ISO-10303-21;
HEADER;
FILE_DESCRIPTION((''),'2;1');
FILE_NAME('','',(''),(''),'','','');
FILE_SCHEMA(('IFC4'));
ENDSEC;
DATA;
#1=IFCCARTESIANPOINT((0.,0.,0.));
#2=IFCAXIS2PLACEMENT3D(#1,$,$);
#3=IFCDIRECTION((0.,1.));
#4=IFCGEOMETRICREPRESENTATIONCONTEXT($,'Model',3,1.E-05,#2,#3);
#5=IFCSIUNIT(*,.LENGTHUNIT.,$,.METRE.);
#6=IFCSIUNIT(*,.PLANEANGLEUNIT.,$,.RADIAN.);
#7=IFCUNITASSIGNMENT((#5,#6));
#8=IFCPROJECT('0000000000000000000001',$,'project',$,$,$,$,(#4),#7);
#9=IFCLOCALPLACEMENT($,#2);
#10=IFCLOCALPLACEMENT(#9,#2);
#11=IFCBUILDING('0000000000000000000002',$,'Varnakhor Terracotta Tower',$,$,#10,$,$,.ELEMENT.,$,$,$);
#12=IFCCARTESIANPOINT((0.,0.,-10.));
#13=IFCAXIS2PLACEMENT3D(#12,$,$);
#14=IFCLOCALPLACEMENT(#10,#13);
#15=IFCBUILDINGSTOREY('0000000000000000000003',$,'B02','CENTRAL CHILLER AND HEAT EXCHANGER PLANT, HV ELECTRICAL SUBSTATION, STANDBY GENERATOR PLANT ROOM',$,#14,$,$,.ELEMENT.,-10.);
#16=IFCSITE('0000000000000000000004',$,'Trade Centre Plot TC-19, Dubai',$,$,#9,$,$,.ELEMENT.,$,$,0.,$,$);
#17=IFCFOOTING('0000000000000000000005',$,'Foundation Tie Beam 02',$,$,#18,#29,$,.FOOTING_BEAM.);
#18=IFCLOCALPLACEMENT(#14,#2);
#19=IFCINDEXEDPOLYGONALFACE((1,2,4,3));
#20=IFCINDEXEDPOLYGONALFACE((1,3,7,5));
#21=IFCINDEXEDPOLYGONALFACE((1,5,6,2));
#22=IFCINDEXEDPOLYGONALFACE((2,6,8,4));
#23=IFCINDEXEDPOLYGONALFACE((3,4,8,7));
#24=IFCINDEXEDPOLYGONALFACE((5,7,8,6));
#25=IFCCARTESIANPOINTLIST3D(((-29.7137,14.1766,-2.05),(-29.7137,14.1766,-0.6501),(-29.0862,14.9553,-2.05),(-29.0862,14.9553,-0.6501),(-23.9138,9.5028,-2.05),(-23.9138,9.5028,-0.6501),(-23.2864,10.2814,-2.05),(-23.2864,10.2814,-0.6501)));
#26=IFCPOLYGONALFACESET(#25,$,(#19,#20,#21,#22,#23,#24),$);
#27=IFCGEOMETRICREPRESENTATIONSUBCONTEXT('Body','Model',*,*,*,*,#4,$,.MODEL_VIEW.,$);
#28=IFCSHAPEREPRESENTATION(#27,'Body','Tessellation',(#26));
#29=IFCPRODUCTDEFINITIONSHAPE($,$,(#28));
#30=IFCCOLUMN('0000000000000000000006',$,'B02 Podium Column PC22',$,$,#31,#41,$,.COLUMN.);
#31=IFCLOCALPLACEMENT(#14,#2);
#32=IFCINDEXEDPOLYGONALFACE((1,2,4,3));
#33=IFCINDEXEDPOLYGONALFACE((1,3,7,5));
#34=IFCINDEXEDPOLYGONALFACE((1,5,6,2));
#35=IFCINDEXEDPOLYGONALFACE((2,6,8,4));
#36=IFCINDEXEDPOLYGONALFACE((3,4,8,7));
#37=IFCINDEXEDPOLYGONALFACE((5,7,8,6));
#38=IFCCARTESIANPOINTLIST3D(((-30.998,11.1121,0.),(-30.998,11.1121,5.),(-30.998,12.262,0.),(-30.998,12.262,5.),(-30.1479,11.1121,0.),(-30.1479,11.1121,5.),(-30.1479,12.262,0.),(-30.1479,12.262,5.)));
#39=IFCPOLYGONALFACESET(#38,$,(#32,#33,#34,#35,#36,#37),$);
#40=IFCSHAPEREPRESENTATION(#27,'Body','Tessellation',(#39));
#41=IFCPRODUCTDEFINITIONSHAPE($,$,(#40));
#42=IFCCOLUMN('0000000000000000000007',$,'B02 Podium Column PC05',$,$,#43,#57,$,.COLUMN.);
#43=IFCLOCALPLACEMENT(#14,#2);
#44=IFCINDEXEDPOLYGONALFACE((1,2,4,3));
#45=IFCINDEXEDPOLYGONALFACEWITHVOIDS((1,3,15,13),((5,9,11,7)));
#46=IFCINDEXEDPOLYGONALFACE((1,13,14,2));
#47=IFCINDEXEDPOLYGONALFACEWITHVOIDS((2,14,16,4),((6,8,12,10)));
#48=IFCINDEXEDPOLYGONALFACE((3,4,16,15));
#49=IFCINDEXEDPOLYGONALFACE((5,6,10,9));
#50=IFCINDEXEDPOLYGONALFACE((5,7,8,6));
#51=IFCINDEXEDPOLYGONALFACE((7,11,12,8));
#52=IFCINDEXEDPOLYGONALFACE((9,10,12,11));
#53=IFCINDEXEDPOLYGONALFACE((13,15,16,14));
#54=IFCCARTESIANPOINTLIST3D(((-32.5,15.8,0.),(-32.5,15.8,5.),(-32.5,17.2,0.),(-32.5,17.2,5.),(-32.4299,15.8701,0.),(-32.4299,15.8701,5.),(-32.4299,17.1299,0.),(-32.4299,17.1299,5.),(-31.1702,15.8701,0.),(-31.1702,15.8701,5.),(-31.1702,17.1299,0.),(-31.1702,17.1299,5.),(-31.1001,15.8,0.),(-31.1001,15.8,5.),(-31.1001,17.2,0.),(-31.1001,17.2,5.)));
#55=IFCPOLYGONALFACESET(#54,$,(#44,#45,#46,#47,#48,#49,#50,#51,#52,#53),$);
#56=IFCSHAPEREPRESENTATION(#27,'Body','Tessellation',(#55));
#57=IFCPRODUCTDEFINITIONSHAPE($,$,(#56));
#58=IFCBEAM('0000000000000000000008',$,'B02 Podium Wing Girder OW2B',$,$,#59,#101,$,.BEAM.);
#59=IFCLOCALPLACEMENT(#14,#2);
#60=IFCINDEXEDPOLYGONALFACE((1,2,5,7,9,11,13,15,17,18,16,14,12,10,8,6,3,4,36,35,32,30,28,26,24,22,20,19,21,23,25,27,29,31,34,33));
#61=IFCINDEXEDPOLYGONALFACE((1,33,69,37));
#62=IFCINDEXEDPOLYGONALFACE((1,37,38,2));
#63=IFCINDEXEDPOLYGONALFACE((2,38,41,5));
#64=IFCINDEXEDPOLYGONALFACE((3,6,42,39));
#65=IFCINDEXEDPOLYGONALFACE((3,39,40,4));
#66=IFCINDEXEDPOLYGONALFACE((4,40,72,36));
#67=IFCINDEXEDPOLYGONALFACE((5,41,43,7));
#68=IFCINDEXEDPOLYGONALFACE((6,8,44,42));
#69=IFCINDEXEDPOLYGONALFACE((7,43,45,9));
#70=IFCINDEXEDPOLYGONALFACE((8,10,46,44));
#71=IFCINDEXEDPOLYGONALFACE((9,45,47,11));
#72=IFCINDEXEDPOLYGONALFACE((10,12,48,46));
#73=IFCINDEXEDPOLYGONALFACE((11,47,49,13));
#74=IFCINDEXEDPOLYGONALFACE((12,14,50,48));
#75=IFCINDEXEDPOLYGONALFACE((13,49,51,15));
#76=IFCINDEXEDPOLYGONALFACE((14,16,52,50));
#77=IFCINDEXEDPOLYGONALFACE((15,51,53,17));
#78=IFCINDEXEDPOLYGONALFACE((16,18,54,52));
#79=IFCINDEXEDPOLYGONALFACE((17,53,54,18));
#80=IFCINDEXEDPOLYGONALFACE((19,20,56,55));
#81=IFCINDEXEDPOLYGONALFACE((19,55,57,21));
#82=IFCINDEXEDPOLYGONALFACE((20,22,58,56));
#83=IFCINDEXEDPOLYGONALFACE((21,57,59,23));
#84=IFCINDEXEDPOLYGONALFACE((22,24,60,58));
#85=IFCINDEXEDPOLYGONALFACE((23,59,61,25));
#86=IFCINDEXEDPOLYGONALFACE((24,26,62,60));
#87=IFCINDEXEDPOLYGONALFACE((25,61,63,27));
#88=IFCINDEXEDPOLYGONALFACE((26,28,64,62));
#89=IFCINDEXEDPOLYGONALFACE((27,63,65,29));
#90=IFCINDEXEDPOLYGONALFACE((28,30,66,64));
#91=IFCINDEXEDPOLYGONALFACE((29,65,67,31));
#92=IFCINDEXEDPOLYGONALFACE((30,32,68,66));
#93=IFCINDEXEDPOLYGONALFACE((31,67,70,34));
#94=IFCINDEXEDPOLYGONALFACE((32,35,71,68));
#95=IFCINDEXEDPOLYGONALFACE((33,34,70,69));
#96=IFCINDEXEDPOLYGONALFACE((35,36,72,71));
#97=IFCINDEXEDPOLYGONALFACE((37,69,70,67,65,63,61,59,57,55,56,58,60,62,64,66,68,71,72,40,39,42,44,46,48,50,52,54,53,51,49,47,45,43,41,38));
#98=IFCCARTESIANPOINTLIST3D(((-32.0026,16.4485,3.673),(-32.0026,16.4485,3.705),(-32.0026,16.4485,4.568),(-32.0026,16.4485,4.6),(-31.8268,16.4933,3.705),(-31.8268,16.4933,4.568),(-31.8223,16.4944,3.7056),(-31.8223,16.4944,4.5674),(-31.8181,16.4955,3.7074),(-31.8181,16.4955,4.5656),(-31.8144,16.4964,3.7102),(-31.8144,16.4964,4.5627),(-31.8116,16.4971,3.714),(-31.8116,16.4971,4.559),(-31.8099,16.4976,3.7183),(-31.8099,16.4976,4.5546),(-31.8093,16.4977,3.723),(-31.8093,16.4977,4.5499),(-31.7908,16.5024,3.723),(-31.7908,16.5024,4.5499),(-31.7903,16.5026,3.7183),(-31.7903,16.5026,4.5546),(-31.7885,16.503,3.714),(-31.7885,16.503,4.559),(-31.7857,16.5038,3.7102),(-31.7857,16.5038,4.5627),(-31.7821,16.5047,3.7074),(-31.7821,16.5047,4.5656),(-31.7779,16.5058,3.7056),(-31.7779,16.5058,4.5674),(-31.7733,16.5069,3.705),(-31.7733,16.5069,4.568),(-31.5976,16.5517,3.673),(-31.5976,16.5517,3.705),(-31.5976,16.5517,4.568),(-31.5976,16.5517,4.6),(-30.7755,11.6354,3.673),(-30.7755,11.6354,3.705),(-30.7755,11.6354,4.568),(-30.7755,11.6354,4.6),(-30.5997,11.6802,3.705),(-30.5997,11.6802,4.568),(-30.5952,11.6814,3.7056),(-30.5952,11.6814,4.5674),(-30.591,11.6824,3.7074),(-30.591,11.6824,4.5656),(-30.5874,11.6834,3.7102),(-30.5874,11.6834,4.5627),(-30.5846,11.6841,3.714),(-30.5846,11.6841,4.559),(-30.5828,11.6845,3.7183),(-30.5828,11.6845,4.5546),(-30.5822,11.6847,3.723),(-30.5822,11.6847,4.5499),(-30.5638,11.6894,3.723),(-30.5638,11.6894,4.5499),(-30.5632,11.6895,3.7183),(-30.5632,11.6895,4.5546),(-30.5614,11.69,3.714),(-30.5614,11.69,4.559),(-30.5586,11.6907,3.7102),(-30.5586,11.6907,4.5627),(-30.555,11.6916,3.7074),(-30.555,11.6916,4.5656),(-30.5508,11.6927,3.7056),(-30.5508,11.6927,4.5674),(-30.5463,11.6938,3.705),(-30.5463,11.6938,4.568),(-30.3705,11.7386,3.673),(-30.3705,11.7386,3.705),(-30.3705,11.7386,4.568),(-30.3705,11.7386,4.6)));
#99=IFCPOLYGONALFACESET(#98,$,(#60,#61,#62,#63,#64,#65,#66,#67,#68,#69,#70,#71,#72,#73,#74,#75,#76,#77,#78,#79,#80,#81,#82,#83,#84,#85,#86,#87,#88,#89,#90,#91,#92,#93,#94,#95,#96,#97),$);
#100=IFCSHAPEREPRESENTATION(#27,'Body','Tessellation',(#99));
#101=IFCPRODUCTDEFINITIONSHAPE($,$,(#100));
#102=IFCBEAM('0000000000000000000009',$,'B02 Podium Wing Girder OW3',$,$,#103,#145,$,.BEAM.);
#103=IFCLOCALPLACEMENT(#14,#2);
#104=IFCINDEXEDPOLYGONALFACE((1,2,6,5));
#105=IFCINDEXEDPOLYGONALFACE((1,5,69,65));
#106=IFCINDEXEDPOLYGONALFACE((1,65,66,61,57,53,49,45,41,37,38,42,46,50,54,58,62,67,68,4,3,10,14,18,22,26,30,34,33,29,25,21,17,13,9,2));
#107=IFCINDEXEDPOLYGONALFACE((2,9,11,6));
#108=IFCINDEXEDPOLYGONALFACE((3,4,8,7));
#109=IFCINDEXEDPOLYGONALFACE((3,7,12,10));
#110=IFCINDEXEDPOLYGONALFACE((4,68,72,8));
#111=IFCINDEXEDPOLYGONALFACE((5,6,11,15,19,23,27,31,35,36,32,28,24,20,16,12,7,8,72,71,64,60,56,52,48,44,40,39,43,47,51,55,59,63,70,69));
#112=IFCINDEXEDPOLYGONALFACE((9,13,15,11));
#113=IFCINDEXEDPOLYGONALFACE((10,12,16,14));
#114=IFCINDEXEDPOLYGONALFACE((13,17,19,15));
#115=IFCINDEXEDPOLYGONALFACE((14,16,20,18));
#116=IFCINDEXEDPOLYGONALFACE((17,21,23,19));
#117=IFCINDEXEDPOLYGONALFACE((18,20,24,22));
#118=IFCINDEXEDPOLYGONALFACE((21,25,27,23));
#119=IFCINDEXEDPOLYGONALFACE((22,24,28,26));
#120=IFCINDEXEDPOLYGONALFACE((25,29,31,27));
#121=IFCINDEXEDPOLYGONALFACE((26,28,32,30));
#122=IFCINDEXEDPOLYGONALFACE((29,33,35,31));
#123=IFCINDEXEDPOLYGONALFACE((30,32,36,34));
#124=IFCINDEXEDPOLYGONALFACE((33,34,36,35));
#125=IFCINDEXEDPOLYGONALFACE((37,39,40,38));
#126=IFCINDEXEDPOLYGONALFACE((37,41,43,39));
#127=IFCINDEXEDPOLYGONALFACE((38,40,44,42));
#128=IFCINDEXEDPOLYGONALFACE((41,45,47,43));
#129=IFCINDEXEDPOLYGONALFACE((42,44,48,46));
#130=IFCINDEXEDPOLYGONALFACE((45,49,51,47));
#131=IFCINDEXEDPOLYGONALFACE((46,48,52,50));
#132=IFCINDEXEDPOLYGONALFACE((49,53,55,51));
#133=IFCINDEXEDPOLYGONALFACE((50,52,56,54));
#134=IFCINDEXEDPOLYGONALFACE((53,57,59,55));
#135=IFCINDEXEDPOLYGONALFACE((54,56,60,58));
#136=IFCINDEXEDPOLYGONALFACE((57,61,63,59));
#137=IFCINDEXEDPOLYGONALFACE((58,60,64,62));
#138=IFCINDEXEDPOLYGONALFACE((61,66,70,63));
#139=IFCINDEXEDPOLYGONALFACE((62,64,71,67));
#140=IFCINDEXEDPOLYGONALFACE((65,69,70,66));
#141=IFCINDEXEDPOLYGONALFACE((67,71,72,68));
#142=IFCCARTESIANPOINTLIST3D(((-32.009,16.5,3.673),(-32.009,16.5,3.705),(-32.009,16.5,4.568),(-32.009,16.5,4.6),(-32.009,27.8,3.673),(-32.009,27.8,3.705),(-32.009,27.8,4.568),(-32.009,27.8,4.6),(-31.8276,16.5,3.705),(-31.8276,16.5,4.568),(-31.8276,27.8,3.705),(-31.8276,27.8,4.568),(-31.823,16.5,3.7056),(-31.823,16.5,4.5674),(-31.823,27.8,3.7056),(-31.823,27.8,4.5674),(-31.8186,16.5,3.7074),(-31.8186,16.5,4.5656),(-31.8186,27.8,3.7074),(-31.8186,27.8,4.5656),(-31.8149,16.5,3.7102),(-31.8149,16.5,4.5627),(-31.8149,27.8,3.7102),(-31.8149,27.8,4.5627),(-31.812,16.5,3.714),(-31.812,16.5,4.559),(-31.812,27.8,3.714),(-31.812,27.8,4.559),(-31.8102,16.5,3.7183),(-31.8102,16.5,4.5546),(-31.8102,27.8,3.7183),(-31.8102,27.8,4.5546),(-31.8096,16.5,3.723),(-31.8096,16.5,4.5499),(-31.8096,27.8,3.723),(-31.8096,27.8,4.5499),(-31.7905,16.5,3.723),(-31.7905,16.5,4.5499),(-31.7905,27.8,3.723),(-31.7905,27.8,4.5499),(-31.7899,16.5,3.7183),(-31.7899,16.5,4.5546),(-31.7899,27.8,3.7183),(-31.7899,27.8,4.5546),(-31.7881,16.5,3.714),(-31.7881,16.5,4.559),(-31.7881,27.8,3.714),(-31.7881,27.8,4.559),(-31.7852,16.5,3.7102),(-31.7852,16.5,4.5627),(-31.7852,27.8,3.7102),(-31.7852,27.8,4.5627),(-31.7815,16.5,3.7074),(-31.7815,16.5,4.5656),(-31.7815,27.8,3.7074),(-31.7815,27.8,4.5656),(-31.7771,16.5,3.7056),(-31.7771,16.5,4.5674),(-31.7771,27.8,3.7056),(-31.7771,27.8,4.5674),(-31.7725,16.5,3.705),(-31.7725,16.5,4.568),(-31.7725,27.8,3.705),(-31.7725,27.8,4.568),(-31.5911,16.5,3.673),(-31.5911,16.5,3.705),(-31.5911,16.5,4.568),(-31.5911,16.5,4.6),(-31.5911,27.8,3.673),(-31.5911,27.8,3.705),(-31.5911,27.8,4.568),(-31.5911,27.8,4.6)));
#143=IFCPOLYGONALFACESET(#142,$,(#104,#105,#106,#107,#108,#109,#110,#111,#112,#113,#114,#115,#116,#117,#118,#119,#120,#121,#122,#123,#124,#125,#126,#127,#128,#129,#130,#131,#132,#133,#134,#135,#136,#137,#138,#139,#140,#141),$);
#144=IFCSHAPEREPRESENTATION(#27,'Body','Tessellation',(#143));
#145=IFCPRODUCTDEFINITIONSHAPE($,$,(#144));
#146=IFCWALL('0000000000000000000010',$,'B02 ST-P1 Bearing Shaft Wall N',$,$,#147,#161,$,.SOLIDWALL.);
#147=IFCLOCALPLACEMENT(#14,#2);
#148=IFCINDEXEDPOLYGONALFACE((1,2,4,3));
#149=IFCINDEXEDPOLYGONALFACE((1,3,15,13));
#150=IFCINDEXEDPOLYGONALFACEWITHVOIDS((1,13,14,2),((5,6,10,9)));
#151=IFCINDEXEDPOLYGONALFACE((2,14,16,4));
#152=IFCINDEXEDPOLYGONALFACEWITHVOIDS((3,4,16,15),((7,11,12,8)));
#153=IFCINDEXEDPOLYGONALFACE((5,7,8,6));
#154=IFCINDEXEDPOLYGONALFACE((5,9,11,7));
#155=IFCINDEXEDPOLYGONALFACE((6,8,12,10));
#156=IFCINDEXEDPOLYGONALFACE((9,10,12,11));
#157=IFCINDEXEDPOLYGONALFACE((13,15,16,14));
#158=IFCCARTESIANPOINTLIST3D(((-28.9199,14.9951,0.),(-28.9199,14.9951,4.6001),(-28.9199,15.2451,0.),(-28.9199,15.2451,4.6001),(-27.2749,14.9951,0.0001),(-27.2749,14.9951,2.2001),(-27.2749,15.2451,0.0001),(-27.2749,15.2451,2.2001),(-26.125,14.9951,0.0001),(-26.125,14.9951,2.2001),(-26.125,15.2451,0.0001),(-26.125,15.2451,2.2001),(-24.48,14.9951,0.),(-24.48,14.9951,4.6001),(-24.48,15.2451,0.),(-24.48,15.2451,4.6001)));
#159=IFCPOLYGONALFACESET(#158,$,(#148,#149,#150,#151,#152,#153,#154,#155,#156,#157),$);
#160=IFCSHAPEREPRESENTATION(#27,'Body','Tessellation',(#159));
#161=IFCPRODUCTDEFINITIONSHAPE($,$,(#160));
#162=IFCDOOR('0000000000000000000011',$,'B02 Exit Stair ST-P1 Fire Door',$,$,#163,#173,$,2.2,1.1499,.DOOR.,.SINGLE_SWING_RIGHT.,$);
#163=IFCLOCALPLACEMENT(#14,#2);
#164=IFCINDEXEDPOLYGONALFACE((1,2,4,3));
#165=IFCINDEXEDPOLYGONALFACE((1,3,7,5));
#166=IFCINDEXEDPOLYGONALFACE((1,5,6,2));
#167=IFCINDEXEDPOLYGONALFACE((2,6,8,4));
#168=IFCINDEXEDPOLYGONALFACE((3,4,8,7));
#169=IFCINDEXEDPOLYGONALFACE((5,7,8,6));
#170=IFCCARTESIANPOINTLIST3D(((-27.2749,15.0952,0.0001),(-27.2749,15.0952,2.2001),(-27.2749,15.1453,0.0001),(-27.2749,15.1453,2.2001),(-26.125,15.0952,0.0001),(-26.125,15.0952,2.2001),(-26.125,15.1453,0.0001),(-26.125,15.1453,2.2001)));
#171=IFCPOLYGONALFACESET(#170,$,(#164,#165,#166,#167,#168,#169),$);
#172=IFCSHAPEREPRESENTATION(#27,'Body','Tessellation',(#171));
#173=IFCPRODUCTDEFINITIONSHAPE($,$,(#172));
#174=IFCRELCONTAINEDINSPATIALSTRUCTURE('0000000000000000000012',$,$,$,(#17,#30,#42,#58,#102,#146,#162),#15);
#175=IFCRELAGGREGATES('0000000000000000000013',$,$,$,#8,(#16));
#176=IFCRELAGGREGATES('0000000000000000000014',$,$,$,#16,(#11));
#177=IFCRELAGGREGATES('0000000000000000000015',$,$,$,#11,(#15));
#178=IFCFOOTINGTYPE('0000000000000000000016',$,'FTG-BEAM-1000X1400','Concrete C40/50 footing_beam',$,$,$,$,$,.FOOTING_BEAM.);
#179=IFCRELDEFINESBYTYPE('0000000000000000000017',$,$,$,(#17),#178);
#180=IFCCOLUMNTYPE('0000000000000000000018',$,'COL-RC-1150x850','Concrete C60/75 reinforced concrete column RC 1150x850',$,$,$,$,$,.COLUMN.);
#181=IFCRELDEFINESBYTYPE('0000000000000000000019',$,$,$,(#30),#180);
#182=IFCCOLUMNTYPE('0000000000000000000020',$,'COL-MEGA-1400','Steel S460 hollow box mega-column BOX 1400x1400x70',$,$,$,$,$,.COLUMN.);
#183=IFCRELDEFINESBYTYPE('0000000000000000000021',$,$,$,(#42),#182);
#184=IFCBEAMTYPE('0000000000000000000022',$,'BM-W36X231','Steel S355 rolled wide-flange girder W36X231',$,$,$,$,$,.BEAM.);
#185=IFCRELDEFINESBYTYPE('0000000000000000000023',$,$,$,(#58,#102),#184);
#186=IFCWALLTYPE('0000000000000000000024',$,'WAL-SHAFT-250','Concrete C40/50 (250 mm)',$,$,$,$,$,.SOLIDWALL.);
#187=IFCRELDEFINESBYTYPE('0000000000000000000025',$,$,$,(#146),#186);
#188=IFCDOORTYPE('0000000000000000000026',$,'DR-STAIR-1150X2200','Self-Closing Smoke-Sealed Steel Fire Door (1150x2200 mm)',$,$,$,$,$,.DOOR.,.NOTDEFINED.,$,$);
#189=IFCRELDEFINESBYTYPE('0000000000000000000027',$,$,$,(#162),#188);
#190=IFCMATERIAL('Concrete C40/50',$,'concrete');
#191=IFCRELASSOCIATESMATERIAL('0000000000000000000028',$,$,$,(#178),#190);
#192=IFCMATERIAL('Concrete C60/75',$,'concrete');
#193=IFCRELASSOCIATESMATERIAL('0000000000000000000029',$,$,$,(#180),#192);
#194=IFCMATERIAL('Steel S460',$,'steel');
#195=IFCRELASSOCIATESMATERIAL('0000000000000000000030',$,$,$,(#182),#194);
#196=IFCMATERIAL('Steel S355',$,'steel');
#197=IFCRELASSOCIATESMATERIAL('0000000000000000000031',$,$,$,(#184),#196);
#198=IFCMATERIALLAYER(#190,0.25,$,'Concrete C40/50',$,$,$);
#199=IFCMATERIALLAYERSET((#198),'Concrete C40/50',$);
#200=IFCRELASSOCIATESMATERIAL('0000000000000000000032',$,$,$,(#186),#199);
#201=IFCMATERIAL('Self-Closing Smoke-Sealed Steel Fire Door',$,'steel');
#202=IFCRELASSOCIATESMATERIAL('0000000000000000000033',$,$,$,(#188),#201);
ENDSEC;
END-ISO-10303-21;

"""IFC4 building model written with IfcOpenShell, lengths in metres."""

from ifc_helpers import new_model, si_unit, direction, frame, frame_2d, origin, origin_2d, place, context, subcontext, project, spatial, rectangle, hollow_rectangle, i_section, extrude, source, transform, mapped, material, layer, layer_set, material_profile, profile_set, type_object, type_shapes, element, fill, save


model = new_model("IFC4")

# Units and contexts
model_context = context("Model", 3, precision=1e-05, world=origin(), true_north=direction((0.0, 1.0)))
body_context = subcontext(model_context, "Body", "Model", "MODEL_VIEW")
ifc_project = project(units=[si_unit("LENGTHUNIT", "METRE"), si_unit("PLANEANGLEUNIT", "RADIAN")], contexts=[model_context])

# Site, building, storey
site_placement = place(None, origin())
site = spatial("IfcSite", under=ifc_project, at=site_placement, Name="Trade Centre Plot TC-19, Dubai", CompositionType="ELEMENT", RefElevation=0.0)
building_placement = place(site_placement, origin())
building = spatial("IfcBuilding", under=site, at=building_placement, Name="Varnakhor Terracotta Tower", CompositionType="ELEMENT")
storey_placement = place(building_placement, frame((0.0, 0.0, -10.0)))
storey = spatial("IfcBuildingStorey", under=building, at=storey_placement, Name="B02", Description="CENTRAL CHILLER AND HEAT EXCHANGER PLANT, HV ELECTRICAL SUBSTATION, STANDBY GENERATOR PLANT ROOM", CompositionType="ELEMENT", Elevation=-10.0)

# Shared definitions
ifc_material_1 = material(Name="Concrete C40/50", Category="concrete")

# Footing
ifc_material_profile_1 = material_profile(ifc_material_1, rectangle(XDim=1.0, YDim=1.3999, at=origin_2d()), Name="TIE BEAM 1000x1400")
ifc_profile_set_1 = profile_set([ifc_material_profile_1], Name="Concrete C40/50")
footing_type_1 = type_object("IfcFootingType", Name="FTG-BEAM-1000X1400", Description="Concrete C40/50 footing_beam", PredefinedType="FOOTING_BEAM", material=ifc_profile_set_1)
shared_shape_1 = source(origin(), body_context, "Body", "SweptSolid", [
    extrude(rectangle(XDim=1.0, YDim=1.3999, at=origin_2d()), origin(), (0.0, 0.0, 1.0), 7.4487),
])
footing_1_placement = place(storey_placement, frame((-23.6001, 9.8921, -1.3501), z_axis=(-0.778638, 0.627473, 0.0), x_axis=(-0.627473, -0.778638, 0.0)))
element("IfcFooting", 1, at=footing_1_placement, inside=storey, type_object=footing_type_1, Name="Foundation Tie Beam 02", PredefinedType="FOOTING_BEAM", context=body_context, shape_type="MappedRepresentation", body=[
    mapped(shared_shape_1, transform((0.0, 0.0, 0.0), scale=1.0)),
])

# Columns
ifc_material_2 = material(Name="Concrete C60/75", Category="concrete")
ifc_material_profile_2 = material_profile(ifc_material_2, rectangle(XDim=0.8501, YDim=1.1499, at=origin_2d()), Name="RC 1150x850")
ifc_profile_set_2 = profile_set([ifc_material_profile_2], Name="Concrete C60/75")
column_type_1 = type_object("IfcColumnType", Name="COL-RC-1150x850", Description="Concrete C60/75 reinforced concrete column RC 1150x850", PredefinedType="COLUMN", material=ifc_profile_set_2)
shared_shape_2 = source(origin(), body_context, "Body", "SweptSolid", [
    extrude(rectangle(XDim=0.8501, YDim=1.1499, at=origin_2d()), origin(), (0.0, 0.0, 1.0), 5.0),
])
type_shapes(column_type_1, [shared_shape_2])
column_1_placement = place(storey_placement, frame((-30.573, 11.687, 0.0), z_axis=(0.0, 0.0, 1.0), x_axis=(1.0, 0.0, 0.0)))
element("IfcColumn", 2, at=column_1_placement, inside=storey, type_object=column_type_1, Name="B02 Podium Column PC22", PredefinedType="COLUMN", context=body_context, shape_type="MappedRepresentation", body=[
    mapped(shared_shape_2, transform((0.0, 0.0, 0.0), scale=1.0)),
])
ifc_material_3 = material(Name="Steel S460", Category="steel")
ifc_material_profile_3 = material_profile(ifc_material_3, hollow_rectangle(XDim=1.3999, YDim=1.3999, WallThickness=0.0701, at=origin_2d()), Name="BOX 1400x1400x70")
ifc_profile_set_3 = profile_set([ifc_material_profile_3], Name="Steel S460")
column_type_2 = type_object("IfcColumnType", Name="COL-MEGA-1400", Description="Steel S460 hollow box mega-column BOX 1400x1400x70", PredefinedType="COLUMN", material=ifc_profile_set_3)
shared_shape_3 = source(origin(), body_context, "Body", "SweptSolid", [
    extrude(hollow_rectangle(XDim=1.3999, YDim=1.3999, WallThickness=0.0701, at=origin_2d()), origin(), (0.0, 0.0, 1.0), 5.0),
])
type_shapes(column_type_2, [shared_shape_3])
column_2_placement = place(storey_placement, frame((-31.8, 16.5, 0.0), z_axis=(0.0, 0.0, 1.0), x_axis=(1.0, 0.0, 0.0)))
element("IfcColumn", 3, at=column_2_placement, inside=storey, type_object=column_type_2, Name="B02 Podium Column PC05", PredefinedType="COLUMN", context=body_context, shape_type="MappedRepresentation", body=[
    mapped(shared_shape_3, transform((0.0, 0.0, 0.0), scale=1.0)),
])

# Beams
ifc_material_4 = material(Name="Steel S355", Category="steel")
ifc_material_profile_4 = material_profile(ifc_material_4, i_section(OverallWidth=0.418, OverallDepth=0.927, WebThickness=0.019, FlangeThickness=0.032, FilletRadius=0.0181, at=origin_2d()), Name="W36X231")
ifc_profile_set_4 = profile_set([ifc_material_profile_4], Name="Steel S355")
beam_type = type_object("IfcBeamType", Name="BM-W36X231", Description="Steel S355 rolled wide-flange girder W36X231", PredefinedType="BEAM", material=ifc_profile_set_4)
shared_shape_4 = source(origin(), body_context, "Body", "SweptSolid", [
    extrude(i_section(OverallWidth=0.418, OverallDepth=0.927, WebThickness=0.019, FlangeThickness=0.032, FilletRadius=0.0181, at=origin_2d()), origin(), (0.0, 0.0, 1.0), 4.967),
])
beam_1_placement = place(storey_placement, frame((-30.573, 11.687, 4.1365), z_axis=(-0.247044, 0.969004, 0.0), x_axis=(-0.969004, -0.247044, 0.0)))
element("IfcBeam", 4, at=beam_1_placement, inside=storey, type_object=beam_type, Name="B02 Podium Wing Girder OW2B", PredefinedType="BEAM", context=body_context, shape_type="MappedRepresentation", body=[
    mapped(shared_shape_4, transform((0.0, 0.0, 0.0), scale=1.0)),
])
shared_shape_5 = source(origin(), body_context, "Body", "SweptSolid", [
    extrude(i_section(OverallWidth=0.418, OverallDepth=0.927, WebThickness=0.019, FlangeThickness=0.032, FilletRadius=0.0181, at=origin_2d()), origin(), (0.0, 0.0, 1.0), 11.3),
])
beam_2_placement = place(storey_placement, frame((-31.8, 16.5, 4.1365), z_axis=(0.0, 1.0, 0.0), x_axis=(-1.0, 0.0, 0.0)))
element("IfcBeam", 5, at=beam_2_placement, inside=storey, type_object=beam_type, Name="B02 Podium Wing Girder OW3", PredefinedType="BEAM", context=body_context, shape_type="MappedRepresentation", body=[
    mapped(shared_shape_5, transform((0.0, 0.0, 0.0), scale=1.0)),
])

# Wall, opening, door
ifc_layer_1 = layer(ifc_material_1, 0.25, Name="Concrete C40/50")
ifc_layer_set_1 = layer_set([ifc_layer_1], Name="Concrete C40/50")
wall_type = type_object("IfcWallType", Name="WAL-SHAFT-250", Description="Concrete C40/50 (250 mm)", PredefinedType="SOLIDWALL", material=ifc_layer_set_1)
wall_placement = place(storey_placement, frame((-24.48, 15.1201, 0.0), z_axis=(0.0, 0.0, 1.0), x_axis=(-1.0, 0.0, 0.0)))
wall = element("IfcWall", 6, at=wall_placement, inside=storey, type_object=wall_type, Name="B02 ST-P1 Bearing Shaft Wall N", PredefinedType="SOLIDWALL", context=body_context, shape_type="SweptSolid", body=[
    extrude(rectangle(XDim=4.4399, YDim=0.25, at=frame_2d((2.22, 0.0))), origin(), (0.0, 0.0, 1.0), 4.6001),
])
opening_placement = place(wall_placement, frame((1.645, 0.0, 0.0)))
opening = element("IfcOpeningElement", 7, at=opening_placement, cuts=wall, PredefinedType="OPENING", context=body_context, shape_type="SweptSolid", body=[
    extrude(rectangle(XDim=1.1499, YDim=2.2, at=frame_2d((0.575, 1.1001))), frame((0.0, 0.135, 0.0), z_axis=(0.0, -1.0, 0.0), x_axis=(1.0, 0.0, 0.0)), (0.0, 0.0, 1.0), 0.27),
])
ifc_material_5 = material(Name="Self-Closing Smoke-Sealed Steel Fire Door", Category="steel")
door_type = type_object("IfcDoorType", Name="DR-STAIR-1150X2200", Description="Self-Closing Smoke-Sealed Steel Fire Door (1150x2200 mm)", OperationType="NOTDEFINED", PredefinedType="DOOR", material=ifc_material_5)
shared_shape_6 = source(origin(), body_context, "Body", "SweptSolid", [
    extrude(rectangle(XDim=1.1499, YDim=2.2, at=frame_2d((0.575, 1.1001))), frame((0.0, 0.0249, 0.0), z_axis=(0.0, -1.0, 0.0), x_axis=(1.0, 0.0, 0.0)), (0.0, 0.0, 1.0), 0.05),
])
type_shapes(door_type, [shared_shape_6])
door_placement = place(opening_placement, origin())
door = element("IfcDoor", 8, at=door_placement, inside=storey, type_object=door_type, Name="B02 Exit Stair ST-P1 Fire Door", OperationType="SINGLE_SWING_RIGHT", OverallHeight=2.2, OverallWidth=1.1499, PredefinedType="DOOR", context=body_context, shape_type="MappedRepresentation", body=[
    mapped(shared_shape_6, transform((0.0, 0.0, 0.0), scale=1.0)),
])
fill(opening, door)

save(model, "model.ifc")
